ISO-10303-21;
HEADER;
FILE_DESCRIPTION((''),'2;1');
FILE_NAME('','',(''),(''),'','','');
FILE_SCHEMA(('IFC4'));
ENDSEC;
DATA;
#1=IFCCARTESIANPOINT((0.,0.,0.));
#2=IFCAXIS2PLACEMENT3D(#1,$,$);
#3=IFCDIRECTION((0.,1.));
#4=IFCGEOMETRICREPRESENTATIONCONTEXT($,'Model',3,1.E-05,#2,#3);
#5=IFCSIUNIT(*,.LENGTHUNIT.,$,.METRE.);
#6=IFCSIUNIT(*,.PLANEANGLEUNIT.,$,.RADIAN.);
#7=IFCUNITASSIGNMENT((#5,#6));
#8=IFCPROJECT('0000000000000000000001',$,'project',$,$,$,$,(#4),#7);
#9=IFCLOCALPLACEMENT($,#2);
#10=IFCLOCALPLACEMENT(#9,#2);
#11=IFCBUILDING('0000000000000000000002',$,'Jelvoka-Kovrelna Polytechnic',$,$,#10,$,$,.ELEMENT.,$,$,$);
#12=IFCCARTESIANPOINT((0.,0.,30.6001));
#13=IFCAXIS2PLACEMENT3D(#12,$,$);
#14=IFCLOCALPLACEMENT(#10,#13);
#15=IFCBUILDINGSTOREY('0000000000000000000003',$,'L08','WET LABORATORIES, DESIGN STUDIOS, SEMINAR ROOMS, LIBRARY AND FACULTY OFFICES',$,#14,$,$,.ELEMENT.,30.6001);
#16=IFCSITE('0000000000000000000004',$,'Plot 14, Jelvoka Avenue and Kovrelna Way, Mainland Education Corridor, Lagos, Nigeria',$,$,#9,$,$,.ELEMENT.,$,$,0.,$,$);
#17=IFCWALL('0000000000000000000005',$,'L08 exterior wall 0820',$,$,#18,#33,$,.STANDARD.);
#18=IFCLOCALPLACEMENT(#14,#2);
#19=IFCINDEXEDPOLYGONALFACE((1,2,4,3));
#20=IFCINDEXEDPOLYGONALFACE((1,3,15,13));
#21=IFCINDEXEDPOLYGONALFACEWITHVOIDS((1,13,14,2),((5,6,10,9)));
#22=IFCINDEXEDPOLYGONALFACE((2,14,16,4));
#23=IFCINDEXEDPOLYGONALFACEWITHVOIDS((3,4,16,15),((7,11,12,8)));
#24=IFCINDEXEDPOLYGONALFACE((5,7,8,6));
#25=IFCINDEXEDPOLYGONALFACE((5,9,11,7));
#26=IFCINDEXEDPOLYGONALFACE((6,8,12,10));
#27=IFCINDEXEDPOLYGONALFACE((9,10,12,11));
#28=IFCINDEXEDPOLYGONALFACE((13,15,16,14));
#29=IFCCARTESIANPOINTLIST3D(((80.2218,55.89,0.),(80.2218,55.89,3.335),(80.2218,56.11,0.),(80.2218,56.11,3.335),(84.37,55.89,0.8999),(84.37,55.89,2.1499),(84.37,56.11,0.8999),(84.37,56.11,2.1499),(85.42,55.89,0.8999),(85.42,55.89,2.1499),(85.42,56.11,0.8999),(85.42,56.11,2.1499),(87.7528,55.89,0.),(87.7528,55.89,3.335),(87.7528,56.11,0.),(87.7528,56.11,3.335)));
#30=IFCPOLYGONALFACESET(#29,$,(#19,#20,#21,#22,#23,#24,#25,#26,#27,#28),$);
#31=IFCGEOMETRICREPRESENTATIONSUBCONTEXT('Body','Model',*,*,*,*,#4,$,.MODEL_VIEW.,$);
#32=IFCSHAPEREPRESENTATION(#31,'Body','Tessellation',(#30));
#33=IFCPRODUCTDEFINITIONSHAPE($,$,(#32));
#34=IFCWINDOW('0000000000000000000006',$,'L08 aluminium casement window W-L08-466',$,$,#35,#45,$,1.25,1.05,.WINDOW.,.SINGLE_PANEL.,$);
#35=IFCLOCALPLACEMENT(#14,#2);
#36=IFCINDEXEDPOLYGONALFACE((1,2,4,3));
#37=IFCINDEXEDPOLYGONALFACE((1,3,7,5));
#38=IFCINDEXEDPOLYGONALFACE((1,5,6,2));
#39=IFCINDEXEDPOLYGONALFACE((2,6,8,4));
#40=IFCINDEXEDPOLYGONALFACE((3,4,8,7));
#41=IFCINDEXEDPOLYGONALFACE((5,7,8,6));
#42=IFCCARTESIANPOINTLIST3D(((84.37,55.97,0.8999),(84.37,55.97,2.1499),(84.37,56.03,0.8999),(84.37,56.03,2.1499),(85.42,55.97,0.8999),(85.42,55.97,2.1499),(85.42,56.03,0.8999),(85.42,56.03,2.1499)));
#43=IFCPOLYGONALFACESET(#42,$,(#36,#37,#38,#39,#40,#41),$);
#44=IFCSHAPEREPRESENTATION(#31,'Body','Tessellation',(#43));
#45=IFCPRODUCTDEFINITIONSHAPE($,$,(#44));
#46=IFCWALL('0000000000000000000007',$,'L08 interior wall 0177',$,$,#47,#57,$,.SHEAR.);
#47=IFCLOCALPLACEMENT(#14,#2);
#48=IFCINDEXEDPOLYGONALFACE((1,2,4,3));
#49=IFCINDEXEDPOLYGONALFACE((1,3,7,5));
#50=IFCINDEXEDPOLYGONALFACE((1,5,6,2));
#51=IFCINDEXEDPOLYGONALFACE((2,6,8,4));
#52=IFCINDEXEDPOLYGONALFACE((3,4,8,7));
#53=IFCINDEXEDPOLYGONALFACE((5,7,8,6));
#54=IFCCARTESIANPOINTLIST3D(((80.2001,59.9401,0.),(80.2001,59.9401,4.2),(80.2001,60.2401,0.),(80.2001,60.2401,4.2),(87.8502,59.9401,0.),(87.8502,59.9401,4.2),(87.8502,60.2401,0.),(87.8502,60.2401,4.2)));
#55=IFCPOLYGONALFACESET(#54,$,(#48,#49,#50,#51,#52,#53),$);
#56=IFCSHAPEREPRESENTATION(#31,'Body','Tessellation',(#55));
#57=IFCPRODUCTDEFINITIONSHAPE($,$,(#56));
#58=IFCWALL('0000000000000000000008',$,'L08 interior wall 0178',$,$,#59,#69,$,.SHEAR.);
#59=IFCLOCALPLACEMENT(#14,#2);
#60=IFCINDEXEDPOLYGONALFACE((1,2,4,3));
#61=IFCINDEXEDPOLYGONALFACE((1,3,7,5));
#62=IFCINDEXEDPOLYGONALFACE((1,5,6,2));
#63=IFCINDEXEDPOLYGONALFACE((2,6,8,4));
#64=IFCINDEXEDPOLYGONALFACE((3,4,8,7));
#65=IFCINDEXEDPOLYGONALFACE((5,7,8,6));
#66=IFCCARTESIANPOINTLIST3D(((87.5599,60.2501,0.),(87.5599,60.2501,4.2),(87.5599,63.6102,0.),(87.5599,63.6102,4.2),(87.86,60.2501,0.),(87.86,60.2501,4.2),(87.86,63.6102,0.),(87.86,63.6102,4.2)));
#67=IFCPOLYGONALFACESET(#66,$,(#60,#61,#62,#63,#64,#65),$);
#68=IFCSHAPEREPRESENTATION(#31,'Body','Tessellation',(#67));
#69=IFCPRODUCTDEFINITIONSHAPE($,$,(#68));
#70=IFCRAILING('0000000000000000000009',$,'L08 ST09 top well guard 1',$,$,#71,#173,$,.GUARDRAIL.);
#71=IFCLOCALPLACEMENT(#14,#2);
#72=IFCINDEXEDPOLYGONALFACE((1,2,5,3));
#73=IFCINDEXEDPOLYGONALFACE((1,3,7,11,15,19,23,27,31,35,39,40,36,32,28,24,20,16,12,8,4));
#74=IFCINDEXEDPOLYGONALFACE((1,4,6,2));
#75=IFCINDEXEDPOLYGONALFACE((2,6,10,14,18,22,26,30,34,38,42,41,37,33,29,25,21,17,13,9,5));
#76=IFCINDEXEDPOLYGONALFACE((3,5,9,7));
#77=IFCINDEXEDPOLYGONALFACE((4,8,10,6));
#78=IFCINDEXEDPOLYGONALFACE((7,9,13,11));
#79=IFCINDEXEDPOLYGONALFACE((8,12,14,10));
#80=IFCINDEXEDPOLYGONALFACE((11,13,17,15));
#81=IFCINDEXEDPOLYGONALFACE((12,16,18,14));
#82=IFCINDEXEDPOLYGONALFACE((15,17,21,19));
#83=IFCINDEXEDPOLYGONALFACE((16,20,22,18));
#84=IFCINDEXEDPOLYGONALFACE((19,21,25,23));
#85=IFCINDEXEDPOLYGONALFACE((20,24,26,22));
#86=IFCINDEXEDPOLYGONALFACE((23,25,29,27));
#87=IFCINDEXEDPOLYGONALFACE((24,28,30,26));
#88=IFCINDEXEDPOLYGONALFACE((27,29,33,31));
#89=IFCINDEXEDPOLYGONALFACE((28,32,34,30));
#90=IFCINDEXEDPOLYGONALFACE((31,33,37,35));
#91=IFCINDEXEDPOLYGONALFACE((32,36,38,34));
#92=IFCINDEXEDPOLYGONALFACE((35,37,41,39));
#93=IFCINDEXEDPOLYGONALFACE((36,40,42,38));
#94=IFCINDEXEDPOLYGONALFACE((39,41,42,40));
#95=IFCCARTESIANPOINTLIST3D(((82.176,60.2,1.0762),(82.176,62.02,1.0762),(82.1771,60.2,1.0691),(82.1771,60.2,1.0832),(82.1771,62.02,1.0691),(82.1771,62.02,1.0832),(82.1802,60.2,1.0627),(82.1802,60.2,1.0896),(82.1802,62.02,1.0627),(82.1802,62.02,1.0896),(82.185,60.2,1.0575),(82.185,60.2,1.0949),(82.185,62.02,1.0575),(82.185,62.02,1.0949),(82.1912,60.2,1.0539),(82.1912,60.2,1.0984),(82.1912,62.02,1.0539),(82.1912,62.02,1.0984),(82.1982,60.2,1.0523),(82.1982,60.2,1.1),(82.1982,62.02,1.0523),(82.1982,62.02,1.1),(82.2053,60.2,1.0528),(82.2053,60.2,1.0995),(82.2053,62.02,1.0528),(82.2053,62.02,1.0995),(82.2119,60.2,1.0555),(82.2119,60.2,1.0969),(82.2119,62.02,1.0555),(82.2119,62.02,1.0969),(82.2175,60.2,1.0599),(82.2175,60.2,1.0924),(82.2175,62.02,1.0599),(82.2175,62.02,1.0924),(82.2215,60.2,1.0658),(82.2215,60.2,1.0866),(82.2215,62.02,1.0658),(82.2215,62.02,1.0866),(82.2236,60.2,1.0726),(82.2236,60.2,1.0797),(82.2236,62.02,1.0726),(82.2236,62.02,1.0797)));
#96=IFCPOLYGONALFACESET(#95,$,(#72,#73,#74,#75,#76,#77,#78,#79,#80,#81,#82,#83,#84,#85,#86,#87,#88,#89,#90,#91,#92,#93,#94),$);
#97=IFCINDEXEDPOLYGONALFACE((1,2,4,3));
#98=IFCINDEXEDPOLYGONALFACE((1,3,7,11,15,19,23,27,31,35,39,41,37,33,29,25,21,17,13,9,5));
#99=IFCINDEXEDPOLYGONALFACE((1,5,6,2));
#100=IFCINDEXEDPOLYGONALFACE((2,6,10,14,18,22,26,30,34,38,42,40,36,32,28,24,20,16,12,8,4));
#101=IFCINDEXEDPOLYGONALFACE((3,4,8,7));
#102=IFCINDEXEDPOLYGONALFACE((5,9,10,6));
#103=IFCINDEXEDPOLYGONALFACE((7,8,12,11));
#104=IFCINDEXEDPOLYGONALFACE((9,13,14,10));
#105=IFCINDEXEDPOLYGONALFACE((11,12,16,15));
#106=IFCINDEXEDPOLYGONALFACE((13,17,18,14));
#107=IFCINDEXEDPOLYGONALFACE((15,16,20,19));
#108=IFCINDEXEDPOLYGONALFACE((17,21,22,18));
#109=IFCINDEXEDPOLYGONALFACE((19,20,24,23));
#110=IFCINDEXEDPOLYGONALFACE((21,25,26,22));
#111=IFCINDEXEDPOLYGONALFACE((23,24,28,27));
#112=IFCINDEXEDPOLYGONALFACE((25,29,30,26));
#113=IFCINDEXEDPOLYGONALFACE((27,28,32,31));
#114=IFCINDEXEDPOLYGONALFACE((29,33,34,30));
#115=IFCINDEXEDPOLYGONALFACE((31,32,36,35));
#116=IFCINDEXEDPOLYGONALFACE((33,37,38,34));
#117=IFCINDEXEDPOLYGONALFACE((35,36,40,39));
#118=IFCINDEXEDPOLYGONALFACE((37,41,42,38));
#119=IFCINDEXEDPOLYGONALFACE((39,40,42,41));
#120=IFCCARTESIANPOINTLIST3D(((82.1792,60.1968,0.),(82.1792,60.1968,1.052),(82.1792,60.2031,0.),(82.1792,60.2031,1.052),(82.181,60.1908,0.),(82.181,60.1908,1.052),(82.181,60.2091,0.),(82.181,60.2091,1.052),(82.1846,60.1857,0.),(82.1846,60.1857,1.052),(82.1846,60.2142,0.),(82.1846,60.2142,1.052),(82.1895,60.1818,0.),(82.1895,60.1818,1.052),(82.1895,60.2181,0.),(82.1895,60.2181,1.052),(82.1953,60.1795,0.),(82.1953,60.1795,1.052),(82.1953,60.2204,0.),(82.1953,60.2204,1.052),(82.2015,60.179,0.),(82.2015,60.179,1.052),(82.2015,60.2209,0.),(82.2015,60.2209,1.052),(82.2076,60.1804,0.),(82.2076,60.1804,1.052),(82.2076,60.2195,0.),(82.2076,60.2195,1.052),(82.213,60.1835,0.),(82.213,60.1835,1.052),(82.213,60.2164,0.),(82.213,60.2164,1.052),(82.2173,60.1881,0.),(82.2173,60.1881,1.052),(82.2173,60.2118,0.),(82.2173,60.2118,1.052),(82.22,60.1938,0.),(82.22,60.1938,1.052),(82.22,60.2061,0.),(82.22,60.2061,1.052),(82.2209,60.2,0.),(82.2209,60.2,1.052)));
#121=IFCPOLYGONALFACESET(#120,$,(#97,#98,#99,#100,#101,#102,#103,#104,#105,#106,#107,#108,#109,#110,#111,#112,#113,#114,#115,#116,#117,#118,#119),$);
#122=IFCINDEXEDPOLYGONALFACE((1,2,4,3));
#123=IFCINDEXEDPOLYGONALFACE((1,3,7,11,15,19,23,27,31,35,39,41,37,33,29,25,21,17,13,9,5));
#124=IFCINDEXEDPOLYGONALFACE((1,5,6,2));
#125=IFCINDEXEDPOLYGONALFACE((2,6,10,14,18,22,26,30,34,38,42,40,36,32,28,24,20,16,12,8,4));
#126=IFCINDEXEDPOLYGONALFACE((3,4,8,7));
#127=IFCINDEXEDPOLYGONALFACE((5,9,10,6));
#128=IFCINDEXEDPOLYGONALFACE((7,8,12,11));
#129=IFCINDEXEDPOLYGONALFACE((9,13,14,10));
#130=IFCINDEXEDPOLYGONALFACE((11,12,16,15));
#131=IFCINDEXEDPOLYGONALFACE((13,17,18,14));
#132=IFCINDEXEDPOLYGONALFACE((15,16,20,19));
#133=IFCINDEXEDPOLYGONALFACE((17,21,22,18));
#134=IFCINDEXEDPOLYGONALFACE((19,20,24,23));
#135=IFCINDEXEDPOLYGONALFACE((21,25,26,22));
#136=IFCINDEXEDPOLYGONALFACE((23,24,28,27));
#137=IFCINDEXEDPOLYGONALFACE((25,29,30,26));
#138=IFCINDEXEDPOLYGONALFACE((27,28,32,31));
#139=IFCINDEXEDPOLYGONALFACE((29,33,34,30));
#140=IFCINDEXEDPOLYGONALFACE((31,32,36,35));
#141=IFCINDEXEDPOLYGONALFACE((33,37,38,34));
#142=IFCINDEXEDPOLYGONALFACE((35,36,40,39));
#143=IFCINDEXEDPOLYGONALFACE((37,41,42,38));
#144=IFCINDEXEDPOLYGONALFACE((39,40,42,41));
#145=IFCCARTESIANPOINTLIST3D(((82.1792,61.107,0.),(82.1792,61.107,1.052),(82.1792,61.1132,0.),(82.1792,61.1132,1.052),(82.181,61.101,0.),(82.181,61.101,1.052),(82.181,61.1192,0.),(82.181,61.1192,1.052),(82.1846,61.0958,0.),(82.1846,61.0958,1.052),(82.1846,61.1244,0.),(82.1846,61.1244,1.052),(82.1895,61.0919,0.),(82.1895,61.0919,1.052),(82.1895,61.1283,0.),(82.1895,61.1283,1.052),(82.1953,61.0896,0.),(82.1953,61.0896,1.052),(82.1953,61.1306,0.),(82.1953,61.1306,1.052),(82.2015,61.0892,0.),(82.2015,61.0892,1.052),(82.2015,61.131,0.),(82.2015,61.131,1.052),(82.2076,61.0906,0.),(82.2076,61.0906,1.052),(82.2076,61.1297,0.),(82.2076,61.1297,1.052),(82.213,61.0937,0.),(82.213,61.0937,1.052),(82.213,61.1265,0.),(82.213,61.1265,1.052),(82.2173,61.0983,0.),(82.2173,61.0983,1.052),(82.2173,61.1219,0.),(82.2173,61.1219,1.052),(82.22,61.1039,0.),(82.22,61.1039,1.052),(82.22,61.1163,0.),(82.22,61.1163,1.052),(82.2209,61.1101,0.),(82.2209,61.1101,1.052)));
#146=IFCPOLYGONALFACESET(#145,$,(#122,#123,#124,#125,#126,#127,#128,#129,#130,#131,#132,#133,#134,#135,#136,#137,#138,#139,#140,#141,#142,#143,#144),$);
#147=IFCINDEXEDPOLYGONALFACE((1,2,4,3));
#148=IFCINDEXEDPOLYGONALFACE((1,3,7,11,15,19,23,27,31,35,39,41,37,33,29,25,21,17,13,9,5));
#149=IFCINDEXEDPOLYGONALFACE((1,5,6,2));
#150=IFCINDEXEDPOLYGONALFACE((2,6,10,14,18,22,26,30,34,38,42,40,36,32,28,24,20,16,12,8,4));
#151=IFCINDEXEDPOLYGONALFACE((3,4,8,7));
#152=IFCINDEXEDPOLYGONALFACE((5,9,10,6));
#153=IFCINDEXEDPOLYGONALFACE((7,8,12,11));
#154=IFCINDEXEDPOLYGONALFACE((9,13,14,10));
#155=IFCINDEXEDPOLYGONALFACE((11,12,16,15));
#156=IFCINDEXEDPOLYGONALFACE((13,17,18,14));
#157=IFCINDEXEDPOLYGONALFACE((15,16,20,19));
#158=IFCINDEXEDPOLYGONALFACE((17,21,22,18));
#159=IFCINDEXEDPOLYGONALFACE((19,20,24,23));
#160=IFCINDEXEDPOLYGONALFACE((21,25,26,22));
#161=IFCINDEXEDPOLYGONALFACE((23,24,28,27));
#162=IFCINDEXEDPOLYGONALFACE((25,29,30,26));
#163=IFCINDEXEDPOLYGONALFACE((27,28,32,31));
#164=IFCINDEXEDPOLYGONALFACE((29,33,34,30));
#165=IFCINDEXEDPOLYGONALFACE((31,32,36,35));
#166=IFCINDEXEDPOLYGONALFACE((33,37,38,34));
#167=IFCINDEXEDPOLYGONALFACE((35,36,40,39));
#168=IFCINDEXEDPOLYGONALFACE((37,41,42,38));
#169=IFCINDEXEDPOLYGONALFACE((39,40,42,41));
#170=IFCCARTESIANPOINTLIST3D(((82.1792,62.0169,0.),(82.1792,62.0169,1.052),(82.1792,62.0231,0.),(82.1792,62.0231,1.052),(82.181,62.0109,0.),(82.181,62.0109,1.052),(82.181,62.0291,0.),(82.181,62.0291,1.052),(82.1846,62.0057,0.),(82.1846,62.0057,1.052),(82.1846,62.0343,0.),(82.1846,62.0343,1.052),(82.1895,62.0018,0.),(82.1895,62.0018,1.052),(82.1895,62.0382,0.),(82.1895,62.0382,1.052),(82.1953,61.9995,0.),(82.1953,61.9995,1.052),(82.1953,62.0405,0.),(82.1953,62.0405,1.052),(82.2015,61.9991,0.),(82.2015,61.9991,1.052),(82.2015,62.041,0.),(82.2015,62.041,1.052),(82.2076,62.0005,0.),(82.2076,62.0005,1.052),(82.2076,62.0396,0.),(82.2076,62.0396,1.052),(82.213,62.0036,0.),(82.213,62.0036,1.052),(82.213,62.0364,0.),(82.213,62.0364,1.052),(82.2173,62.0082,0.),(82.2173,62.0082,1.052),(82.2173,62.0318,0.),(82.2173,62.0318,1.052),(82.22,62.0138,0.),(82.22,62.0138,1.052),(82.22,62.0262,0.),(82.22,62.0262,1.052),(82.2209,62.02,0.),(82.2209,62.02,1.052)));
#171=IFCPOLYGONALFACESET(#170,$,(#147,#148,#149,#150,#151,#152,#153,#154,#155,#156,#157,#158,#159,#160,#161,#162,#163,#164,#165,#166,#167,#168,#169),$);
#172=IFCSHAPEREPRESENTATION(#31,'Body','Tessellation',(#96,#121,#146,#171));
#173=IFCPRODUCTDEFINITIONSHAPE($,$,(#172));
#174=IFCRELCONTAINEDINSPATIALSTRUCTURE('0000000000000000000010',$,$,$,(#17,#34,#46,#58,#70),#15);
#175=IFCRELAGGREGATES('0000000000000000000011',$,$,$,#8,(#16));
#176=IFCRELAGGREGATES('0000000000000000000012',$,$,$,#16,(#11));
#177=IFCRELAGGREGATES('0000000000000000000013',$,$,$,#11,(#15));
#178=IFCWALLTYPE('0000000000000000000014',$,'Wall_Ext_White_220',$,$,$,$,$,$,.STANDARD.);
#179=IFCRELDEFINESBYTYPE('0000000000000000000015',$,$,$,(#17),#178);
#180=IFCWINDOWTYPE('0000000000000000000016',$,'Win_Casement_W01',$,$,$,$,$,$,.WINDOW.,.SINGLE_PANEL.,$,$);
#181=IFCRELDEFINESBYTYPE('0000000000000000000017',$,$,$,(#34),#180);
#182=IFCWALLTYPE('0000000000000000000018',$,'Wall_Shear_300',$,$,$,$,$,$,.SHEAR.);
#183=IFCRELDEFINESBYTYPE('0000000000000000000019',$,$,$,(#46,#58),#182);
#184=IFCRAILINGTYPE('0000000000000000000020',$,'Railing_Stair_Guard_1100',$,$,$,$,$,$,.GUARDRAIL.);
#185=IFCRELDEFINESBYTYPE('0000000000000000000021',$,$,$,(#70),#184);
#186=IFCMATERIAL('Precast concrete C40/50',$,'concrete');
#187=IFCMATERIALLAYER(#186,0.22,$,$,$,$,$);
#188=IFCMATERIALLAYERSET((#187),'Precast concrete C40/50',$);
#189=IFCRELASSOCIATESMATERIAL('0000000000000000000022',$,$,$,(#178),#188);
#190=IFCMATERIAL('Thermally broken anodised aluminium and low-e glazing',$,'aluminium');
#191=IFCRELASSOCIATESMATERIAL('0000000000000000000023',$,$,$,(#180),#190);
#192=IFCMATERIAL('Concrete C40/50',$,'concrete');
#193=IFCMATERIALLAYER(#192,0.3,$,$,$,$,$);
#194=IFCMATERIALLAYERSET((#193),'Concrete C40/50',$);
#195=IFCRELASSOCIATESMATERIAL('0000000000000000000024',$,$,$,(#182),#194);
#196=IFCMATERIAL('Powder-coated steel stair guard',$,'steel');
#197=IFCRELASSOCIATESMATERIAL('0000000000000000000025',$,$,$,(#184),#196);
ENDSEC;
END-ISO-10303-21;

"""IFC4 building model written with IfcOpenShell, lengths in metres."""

from ifc_helpers import new_model, si_unit, direction, frame, frame_2d, origin, origin_2d, place, context, subcontext, project, spatial, rectangle, circle, extrude, material, layer, layer_set, type_object, element, fill, save


model = new_model("IFC4")

# Units and contexts
model_context = context("Model", 3, precision=1e-05, world=origin(), true_north=direction((0.0, 1.0)))
body_context = subcontext(model_context, "Body", "Model", "MODEL_VIEW")
ifc_project = project(units=[si_unit("LENGTHUNIT", "METRE"), si_unit("PLANEANGLEUNIT", "RADIAN")], contexts=[model_context])

# Site, building, storey
site_placement = place(None, origin())
site = spatial("IfcSite", under=ifc_project, at=site_placement, Name="Plot 14, Jelvoka Avenue and Kovrelna Way, Mainland Education Corridor, Lagos, Nigeria", CompositionType="ELEMENT", RefElevation=0.0)
building_placement = place(site_placement, origin())
building = spatial("IfcBuilding", under=site, at=building_placement, Name="Jelvoka-Kovrelna Polytechnic", CompositionType="ELEMENT")
storey_placement = place(building_placement, frame((0.0, 0.0, 30.6001)))
storey = spatial("IfcBuildingStorey", under=building, at=storey_placement, Name="L08", Description="WET LABORATORIES, DESIGN STUDIOS, SEMINAR ROOMS, LIBRARY AND FACULTY OFFICES", CompositionType="ELEMENT", Elevation=30.6001)

# Wall, opening, window
ifc_material_1 = material(Name="Precast concrete C40/50", Category="concrete")
ifc_layer_1 = layer(ifc_material_1, 0.22)
ifc_layer_set_1 = layer_set([ifc_layer_1], Name="Precast concrete C40/50")
wall_type_1 = type_object("IfcWallType", Name="Wall_Ext_White_220", PredefinedType="STANDARD", material=ifc_layer_set_1)
wall_1_placement = place(storey_placement, frame((87.7529, 56.0, 0.0), z_axis=(0.0, 0.0, 1.0), x_axis=(-1.0, 0.0, 0.0)))
wall_1 = element("IfcWall", 1, at=wall_1_placement, inside=storey, type_object=wall_type_1, Name="L08 exterior wall 0820", PredefinedType="STANDARD", context=body_context, shape_type="SweptSolid", body=[
    extrude(rectangle(XDim=7.531, YDim=0.22, at=frame_2d((3.7656, 0.0))), origin(), (0.0, 0.0, 1.0), 3.335),
])
opening_placement = place(wall_1_placement, frame((2.333, 0.0, 0.8999)))
opening = element("IfcOpeningElement", 2, at=opening_placement, cuts=wall_1, PredefinedType="OPENING", context=body_context, shape_type="SweptSolid", body=[
    extrude(rectangle(XDim=1.05, YDim=1.25, at=frame_2d((0.5249, 0.625))), frame((0.0, 0.1199, 0.0), z_axis=(0.0, -1.0, 0.0), x_axis=(1.0, 0.0, 0.0)), (0.0, 0.0, 1.0), 0.24),
])
ifc_material_2 = material(Name="Thermally broken anodised aluminium and low-e glazing", Category="aluminium")
window_type = type_object("IfcWindowType", Name="Win_Casement_W01", PartitioningType="SINGLE_PANEL", PredefinedType="WINDOW", material=ifc_material_2)
window_placement = place(opening_placement, origin())
window = element("IfcWindow", 3, at=window_placement, inside=storey, type_object=window_type, Name="L08 aluminium casement window W-L08-466", OverallHeight=1.25, OverallWidth=1.05, PartitioningType="SINGLE_PANEL", PredefinedType="WINDOW", context=body_context, shape_type="SweptSolid", body=[
    extrude(rectangle(XDim=1.05, YDim=1.25, at=frame_2d((0.5249, 0.625))), frame((0.0, 0.03, 0.0), z_axis=(0.0, -1.0, 0.0), x_axis=(1.0, 0.0, 0.0)), (0.0, 0.0, 1.0), 0.0601),
])
fill(opening, window)

# Walls
ifc_material_3 = material(Name="Concrete C40/50", Category="concrete")
ifc_layer_2 = layer(ifc_material_3, 0.3)
ifc_layer_set_2 = layer_set([ifc_layer_2], Name="Concrete C40/50")
wall_type_2 = type_object("IfcWallType", Name="Wall_Shear_300", PredefinedType="SHEAR", material=ifc_layer_set_2)
wall_2_placement = place(storey_placement, frame((80.2, 60.0901, 0.0), z_axis=(0.0, 0.0, 1.0), x_axis=(1.0, 0.0, 0.0)))
element("IfcWall", 4, at=wall_2_placement, inside=storey, type_object=wall_type_2, Name="L08 interior wall 0177", PredefinedType="SHEAR", context=body_context, shape_type="SweptSolid", body=[
    extrude(rectangle(XDim=7.6501, YDim=0.3, at=frame_2d((3.8252, 0.0))), origin(), (0.0, 0.0, 1.0), 4.2),
])
wall_3_placement = place(storey_placement, frame((87.71, 60.25, 0.0), z_axis=(0.0, 0.0, 1.0), x_axis=(0.0, 1.0, 0.0)))
element("IfcWall", 5, at=wall_3_placement, inside=storey, type_object=wall_type_2, Name="L08 interior wall 0178", PredefinedType="SHEAR", context=body_context, shape_type="SweptSolid", body=[
    extrude(rectangle(XDim=3.3601, YDim=0.3, at=frame_2d((1.6802, 0.0))), origin(), (0.0, 0.0, 1.0), 4.2),
])

# Railing
ifc_material_4 = material(Name="Powder-coated steel stair guard", Category="steel")
railing_type = type_object("IfcRailingType", Name="Railing_Stair_Guard_1100", PredefinedType="GUARDRAIL", material=ifc_material_4)
railing_placement = place(storey_placement, frame((82.2, 60.2, 0.0)))
element("IfcRailing", 6, at=railing_placement, inside=storey, type_object=railing_type, Name="L08 ST09 top well guard 1", PredefinedType="GUARDRAIL", context=body_context, shape_type="SweptSolid", body=[
    extrude(circle(Radius=0.0239, at=origin_2d()), frame((0.0, 0.0, 1.0762), z_axis=(0.0, 1.0, 0.0), x_axis=(-1.0, 0.0, 0.0)), (0.0, 0.0, 1.0), 1.8201),
    extrude(circle(Radius=0.021, at=origin_2d()), origin(), (0.0, 0.0, 1.0), 1.052),
    extrude(circle(Radius=0.021, at=origin_2d()), frame((0.0, 0.9102, 0.0)), (0.0, 0.0, 1.0), 1.052),
    extrude(circle(Radius=0.021, at=origin_2d()), frame((0.0, 1.8201, 0.0)), (0.0, 0.0, 1.0), 1.052),
])

save(model, "model.ifc")
